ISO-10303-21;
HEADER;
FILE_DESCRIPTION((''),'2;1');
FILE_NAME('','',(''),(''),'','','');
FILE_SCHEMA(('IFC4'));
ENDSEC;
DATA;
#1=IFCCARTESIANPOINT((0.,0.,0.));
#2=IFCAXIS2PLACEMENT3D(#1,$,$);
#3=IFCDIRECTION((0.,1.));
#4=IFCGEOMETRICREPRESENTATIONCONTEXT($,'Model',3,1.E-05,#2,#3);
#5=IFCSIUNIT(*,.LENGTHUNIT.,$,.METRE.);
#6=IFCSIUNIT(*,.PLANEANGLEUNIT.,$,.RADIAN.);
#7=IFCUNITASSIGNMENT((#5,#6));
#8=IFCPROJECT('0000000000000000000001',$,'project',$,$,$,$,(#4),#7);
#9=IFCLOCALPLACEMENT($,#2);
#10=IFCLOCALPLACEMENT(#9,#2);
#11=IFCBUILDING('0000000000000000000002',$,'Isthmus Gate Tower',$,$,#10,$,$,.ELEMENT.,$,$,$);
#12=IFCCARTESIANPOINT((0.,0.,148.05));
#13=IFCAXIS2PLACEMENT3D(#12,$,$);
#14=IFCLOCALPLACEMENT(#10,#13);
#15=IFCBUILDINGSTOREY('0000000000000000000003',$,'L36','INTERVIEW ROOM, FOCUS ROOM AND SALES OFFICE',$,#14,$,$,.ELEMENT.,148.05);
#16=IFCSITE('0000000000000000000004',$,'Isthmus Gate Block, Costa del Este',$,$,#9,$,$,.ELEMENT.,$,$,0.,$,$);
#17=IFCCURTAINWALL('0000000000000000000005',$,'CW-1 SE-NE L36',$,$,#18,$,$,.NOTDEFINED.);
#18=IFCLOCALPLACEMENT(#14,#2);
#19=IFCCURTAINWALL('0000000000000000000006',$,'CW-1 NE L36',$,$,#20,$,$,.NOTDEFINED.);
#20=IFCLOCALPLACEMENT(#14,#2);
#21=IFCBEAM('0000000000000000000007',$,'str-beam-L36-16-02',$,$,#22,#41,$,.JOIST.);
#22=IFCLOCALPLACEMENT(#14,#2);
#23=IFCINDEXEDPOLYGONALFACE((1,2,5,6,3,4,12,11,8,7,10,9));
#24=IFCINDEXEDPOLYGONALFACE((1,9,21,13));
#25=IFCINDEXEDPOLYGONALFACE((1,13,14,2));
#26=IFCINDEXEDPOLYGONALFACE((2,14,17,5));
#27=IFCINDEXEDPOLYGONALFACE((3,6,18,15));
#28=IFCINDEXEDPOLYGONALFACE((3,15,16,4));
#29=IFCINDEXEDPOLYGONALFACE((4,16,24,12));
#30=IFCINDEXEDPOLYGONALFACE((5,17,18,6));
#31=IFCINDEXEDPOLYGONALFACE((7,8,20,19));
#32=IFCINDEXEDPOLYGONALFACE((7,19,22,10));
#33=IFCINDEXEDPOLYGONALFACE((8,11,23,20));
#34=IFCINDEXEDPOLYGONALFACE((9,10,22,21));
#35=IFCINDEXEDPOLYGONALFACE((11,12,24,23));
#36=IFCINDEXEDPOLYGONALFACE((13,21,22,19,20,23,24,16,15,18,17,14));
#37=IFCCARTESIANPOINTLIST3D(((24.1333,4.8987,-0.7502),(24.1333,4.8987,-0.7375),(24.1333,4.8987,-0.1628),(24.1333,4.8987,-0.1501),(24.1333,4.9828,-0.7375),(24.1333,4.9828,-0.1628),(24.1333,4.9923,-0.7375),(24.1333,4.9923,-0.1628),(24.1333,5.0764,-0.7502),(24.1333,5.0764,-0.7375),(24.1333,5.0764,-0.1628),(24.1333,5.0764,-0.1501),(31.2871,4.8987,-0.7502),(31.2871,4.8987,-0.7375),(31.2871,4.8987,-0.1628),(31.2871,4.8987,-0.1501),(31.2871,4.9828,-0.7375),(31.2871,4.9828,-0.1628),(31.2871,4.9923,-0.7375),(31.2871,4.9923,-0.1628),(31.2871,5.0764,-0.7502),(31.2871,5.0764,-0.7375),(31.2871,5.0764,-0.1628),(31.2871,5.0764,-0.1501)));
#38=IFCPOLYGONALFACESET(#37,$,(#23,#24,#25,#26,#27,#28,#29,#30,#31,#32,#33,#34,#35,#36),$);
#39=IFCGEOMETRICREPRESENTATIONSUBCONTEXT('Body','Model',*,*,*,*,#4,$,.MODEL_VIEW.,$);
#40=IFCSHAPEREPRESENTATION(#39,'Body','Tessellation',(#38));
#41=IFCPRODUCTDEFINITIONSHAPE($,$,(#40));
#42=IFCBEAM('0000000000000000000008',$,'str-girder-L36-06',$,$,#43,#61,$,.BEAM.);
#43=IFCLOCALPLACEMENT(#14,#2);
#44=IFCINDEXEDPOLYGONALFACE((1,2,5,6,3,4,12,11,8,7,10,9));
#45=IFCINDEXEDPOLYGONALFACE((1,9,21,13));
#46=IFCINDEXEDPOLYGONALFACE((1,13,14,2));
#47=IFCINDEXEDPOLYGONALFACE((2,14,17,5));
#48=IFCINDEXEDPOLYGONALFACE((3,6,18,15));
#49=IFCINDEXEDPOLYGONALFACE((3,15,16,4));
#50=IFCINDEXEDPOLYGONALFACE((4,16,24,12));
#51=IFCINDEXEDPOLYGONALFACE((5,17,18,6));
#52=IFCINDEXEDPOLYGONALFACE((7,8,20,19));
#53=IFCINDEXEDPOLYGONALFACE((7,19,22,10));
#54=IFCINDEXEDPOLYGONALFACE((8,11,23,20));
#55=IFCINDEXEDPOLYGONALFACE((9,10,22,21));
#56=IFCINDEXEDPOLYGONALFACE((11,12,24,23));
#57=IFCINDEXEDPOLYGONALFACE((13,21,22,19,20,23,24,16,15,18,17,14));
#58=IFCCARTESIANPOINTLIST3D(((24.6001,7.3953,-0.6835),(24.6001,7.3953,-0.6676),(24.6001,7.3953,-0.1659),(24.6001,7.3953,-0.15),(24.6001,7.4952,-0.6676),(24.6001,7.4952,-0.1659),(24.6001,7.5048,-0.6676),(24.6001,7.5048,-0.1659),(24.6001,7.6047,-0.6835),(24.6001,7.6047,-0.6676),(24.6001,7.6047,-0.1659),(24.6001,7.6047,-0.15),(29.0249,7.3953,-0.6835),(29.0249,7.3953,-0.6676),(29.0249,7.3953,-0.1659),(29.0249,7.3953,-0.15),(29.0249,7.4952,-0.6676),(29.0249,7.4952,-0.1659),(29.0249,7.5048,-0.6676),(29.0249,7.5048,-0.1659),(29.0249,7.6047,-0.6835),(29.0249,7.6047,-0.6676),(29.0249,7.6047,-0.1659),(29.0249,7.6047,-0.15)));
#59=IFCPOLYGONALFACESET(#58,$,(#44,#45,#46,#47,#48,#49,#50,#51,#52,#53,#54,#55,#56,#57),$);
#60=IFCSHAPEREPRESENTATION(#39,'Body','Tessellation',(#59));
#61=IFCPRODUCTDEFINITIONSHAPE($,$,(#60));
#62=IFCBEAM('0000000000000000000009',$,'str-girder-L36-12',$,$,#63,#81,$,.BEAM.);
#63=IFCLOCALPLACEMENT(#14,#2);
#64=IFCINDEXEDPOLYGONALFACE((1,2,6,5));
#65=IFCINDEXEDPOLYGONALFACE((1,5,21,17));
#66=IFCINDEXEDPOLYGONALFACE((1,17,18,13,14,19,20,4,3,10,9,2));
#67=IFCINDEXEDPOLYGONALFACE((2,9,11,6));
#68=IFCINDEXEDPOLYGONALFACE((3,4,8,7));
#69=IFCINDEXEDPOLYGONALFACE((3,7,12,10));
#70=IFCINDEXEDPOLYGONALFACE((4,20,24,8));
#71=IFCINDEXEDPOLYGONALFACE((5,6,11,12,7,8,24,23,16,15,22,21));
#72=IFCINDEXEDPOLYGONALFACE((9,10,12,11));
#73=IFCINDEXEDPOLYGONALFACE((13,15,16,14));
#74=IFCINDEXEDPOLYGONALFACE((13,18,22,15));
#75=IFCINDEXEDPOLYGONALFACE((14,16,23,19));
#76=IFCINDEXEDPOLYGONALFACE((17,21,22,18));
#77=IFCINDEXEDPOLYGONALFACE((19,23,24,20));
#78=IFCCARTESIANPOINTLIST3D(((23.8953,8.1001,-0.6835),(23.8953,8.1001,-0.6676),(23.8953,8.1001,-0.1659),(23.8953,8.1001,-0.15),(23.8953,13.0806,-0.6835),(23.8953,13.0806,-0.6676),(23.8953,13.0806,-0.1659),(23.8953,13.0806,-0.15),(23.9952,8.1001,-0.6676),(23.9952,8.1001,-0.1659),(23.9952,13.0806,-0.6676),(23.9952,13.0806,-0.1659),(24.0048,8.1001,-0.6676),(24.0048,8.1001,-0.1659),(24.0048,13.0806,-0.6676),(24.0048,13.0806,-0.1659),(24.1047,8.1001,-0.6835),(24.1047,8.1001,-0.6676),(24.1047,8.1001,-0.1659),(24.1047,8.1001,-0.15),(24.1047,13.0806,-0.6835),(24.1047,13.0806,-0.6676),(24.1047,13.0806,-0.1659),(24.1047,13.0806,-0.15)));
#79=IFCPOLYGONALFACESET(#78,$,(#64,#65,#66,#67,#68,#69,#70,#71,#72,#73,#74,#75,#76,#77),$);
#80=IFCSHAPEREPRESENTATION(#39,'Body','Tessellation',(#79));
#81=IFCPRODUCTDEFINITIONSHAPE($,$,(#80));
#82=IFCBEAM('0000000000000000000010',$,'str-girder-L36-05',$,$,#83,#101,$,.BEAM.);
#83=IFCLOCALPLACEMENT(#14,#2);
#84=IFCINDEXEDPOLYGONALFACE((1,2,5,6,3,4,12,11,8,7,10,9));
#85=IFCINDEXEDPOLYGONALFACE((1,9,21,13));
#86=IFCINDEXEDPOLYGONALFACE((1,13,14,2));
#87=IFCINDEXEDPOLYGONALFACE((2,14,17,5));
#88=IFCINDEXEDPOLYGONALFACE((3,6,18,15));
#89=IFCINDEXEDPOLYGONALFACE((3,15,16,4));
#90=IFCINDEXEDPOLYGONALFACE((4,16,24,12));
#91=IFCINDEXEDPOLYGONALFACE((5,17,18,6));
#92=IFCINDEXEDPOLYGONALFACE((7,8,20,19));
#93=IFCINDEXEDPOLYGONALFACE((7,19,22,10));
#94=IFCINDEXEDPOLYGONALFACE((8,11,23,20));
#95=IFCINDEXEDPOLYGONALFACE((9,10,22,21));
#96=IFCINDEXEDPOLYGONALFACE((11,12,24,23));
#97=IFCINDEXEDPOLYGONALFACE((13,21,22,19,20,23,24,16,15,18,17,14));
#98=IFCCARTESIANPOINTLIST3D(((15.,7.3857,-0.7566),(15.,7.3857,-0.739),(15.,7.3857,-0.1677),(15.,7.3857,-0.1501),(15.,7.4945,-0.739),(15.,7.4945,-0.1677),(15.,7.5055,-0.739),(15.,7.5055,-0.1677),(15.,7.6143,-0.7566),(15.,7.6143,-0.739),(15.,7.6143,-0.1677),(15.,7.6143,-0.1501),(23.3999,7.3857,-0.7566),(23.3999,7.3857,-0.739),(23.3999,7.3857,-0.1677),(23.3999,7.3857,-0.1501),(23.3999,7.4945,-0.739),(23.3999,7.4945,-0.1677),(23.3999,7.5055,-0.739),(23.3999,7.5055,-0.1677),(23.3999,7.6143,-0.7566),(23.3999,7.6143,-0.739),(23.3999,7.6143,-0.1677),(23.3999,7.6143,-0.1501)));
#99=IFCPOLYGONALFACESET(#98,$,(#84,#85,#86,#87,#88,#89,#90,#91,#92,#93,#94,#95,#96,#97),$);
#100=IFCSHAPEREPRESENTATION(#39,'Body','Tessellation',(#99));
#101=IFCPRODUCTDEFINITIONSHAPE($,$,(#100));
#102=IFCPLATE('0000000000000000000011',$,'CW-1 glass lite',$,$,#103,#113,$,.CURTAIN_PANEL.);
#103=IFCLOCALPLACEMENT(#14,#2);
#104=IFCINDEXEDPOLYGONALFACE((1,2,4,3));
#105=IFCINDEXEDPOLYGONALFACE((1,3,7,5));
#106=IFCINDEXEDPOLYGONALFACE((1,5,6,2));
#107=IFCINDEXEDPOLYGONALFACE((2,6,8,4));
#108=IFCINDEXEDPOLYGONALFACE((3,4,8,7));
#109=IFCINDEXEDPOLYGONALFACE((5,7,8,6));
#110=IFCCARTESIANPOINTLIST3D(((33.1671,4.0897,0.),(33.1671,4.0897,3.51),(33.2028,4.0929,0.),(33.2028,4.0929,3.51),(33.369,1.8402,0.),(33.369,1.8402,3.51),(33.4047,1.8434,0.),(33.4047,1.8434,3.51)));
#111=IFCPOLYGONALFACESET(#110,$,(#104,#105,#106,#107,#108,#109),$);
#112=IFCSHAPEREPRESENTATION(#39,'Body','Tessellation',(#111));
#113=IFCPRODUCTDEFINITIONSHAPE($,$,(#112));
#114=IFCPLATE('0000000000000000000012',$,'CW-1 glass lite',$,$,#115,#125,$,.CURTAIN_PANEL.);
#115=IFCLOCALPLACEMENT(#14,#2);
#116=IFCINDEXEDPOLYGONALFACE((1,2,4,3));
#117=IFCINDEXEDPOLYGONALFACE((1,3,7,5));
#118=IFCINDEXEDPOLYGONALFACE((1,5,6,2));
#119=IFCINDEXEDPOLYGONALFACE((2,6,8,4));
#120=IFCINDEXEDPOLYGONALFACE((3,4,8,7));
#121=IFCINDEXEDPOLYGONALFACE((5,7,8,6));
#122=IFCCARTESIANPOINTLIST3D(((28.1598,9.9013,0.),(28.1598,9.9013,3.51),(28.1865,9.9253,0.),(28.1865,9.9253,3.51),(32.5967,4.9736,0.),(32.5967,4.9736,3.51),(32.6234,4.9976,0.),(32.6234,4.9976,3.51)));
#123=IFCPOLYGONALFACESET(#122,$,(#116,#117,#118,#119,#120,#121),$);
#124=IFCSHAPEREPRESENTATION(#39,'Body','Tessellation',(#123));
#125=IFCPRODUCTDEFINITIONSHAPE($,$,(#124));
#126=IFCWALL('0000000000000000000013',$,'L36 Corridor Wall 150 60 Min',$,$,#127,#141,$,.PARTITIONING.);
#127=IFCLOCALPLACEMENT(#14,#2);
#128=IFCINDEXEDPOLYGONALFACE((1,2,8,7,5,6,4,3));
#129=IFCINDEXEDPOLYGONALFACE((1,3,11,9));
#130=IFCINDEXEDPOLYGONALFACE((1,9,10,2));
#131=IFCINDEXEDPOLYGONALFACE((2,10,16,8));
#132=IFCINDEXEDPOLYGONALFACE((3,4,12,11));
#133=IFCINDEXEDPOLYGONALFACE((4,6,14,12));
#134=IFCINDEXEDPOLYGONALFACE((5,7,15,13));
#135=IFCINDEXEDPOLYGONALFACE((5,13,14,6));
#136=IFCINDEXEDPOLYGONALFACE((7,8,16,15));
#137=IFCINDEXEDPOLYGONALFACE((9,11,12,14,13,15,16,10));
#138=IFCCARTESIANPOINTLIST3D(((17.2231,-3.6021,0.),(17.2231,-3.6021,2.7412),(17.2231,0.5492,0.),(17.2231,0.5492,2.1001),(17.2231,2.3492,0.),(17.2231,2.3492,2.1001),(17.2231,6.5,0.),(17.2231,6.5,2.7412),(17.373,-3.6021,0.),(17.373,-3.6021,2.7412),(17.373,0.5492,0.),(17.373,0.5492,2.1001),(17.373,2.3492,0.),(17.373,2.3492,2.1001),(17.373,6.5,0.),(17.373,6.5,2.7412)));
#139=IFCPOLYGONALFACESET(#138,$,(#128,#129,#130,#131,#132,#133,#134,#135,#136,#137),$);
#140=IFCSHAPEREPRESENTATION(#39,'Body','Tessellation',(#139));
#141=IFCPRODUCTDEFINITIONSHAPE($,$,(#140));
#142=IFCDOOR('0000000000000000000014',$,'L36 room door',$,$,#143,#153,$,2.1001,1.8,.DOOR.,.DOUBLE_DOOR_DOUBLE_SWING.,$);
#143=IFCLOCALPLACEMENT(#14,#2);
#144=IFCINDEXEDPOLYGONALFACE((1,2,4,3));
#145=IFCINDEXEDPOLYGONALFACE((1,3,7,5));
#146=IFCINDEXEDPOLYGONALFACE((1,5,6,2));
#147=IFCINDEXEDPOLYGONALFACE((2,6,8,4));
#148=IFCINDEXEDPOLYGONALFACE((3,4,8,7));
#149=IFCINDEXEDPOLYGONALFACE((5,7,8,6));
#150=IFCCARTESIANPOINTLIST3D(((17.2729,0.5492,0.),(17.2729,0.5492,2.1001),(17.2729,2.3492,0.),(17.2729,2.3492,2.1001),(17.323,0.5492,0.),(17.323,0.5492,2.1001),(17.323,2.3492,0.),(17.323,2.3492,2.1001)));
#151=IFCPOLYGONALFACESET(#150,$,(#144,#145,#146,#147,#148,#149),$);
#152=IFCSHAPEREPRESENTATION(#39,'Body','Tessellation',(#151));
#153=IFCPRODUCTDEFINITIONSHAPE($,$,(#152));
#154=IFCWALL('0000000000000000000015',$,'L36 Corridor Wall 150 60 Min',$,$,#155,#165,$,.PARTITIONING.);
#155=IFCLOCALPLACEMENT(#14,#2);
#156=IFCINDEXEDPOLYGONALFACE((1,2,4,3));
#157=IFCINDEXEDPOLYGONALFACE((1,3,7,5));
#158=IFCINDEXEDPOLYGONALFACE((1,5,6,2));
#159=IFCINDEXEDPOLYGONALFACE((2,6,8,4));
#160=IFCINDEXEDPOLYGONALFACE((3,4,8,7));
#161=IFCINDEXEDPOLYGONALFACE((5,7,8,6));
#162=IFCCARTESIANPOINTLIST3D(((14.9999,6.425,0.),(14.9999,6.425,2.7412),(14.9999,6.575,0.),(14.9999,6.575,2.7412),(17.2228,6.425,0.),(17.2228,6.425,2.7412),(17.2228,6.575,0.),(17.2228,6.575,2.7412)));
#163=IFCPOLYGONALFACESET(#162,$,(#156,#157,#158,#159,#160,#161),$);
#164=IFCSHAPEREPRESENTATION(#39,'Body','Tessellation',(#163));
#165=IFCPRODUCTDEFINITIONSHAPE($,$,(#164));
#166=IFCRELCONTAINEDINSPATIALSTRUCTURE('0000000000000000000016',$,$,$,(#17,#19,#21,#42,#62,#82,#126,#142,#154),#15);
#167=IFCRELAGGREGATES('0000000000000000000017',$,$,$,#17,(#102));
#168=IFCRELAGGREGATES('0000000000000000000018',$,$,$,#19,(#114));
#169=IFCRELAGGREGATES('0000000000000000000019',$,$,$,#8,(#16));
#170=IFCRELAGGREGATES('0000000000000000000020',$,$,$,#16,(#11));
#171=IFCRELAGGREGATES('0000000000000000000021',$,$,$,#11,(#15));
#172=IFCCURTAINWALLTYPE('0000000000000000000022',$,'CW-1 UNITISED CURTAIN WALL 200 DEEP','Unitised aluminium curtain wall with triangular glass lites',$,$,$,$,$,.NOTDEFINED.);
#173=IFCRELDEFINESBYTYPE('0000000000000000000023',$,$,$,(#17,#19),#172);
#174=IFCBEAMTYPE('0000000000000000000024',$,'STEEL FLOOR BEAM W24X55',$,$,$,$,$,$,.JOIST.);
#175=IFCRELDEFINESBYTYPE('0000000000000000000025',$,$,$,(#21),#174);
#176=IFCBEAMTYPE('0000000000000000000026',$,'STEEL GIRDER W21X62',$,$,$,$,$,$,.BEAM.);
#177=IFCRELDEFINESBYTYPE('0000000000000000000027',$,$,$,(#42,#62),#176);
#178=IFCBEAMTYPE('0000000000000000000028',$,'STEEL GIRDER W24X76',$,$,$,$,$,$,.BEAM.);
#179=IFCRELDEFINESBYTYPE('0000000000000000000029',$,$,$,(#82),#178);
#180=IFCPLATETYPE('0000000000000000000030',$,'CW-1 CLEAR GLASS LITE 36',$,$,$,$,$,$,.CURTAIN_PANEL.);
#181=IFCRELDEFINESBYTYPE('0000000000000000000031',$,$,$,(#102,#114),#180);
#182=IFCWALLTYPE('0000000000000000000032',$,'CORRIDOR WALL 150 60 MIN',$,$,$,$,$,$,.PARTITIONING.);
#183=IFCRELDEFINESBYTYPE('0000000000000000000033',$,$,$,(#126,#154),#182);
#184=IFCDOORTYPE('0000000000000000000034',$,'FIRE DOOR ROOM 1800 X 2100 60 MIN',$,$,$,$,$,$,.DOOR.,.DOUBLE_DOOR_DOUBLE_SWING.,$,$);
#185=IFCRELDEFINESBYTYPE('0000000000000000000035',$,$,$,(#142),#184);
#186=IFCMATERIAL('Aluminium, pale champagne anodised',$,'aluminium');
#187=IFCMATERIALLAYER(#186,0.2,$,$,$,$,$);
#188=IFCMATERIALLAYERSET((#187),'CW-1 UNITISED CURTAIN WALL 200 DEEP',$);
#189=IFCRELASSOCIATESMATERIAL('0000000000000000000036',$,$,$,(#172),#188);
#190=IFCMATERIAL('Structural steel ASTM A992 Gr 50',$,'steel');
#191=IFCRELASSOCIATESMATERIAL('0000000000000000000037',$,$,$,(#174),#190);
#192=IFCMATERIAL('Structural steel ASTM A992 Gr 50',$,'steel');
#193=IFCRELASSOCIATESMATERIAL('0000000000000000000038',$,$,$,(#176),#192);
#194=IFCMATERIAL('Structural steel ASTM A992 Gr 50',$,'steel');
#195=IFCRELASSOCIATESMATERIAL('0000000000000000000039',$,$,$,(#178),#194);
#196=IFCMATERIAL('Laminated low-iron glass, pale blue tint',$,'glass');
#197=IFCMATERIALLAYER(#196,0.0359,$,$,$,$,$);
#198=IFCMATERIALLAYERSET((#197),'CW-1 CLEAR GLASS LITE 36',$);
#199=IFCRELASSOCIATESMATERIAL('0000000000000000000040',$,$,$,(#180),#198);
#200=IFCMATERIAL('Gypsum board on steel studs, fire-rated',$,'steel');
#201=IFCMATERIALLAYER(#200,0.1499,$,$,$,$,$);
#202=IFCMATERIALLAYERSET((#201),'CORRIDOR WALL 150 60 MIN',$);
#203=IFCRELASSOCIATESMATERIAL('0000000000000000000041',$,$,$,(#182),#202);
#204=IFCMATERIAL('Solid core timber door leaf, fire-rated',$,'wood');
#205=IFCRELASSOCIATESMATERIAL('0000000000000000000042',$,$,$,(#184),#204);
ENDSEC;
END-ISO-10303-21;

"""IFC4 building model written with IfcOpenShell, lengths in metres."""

from ifc_helpers import new_model, si_unit, direction, frame, frame_2d, origin, origin_2d, place, context, subcontext, project, spatial, rectangle, i_section, extrude, material, layer, layer_set, material_profile, profile_set, type_object, element, fill, aggregate, save


model = new_model("IFC4")

# Units and contexts
model_context = context("Model", 3, precision=1e-05, world=origin(), true_north=direction((0.0, 1.0)))
body_context = subcontext(model_context, "Body", "Model", "MODEL_VIEW")
ifc_project = project(units=[si_unit("LENGTHUNIT", "METRE"), si_unit("PLANEANGLEUNIT", "RADIAN")], contexts=[model_context])

# Site, building, storey
site_placement = place(None, origin())
site = spatial("IfcSite", under=ifc_project, at=site_placement, Name="Isthmus Gate Block, Costa del Este", CompositionType="ELEMENT", RefElevation=0.0)
building_placement = place(site_placement, origin())
building = spatial("IfcBuilding", under=site, at=building_placement, Name="Isthmus Gate Tower", CompositionType="ELEMENT")
storey_placement = place(building_placement, frame((0.0, 0.0, 148.05)))
storey = spatial("IfcBuildingStorey", under=building, at=storey_placement, Name="L36", Description="INTERVIEW ROOM, FOCUS ROOM AND SALES OFFICE", CompositionType="ELEMENT", Elevation=148.05)

# Curtain walls
ifc_material_1 = material(Name="Aluminium, pale champagne anodised", Category="aluminium")
ifc_layer_1 = layer(ifc_material_1, 0.2)
ifc_layer_set_1 = layer_set([ifc_layer_1], Name="CW-1 UNITISED CURTAIN WALL 200 DEEP")
curtain_wall_type = type_object("IfcCurtainWallType", Name="CW-1 UNITISED CURTAIN WALL 200 DEEP", Description="Unitised aluminium curtain wall with triangular glass lites", PredefinedType="NOTDEFINED", material=ifc_layer_set_1)
curtain_wall_1_placement = place(storey_placement, origin())
curtain_wall_1 = element("IfcCurtainWall", 1, at=curtain_wall_1_placement, inside=storey, type_object=curtain_wall_type, Name="CW-1 SE-NE L36", PredefinedType="NOTDEFINED")
curtain_wall_2_placement = place(storey_placement, origin())
curtain_wall_2 = element("IfcCurtainWall", 2, at=curtain_wall_2_placement, inside=storey, type_object=curtain_wall_type, Name="CW-1 NE L36", PredefinedType="NOTDEFINED")

# Beams
ifc_material_2 = material(Name="Structural steel ASTM A992 Gr 50", Category="steel")
ifc_material_profile_1 = material_profile(ifc_material_2, i_section(OverallWidth=0.1777, OverallDepth=0.6001, WebThickness=0.0095, FlangeThickness=0.0127, at=origin_2d()), Name="W24X55")
ifc_profile_set_1 = profile_set([ifc_material_profile_1], Name="Structural steel ASTM A992 Gr 50")
beam_type_1 = type_object("IfcBeamType", Name="STEEL FLOOR BEAM W24X55", PredefinedType="JOIST", material=ifc_profile_set_1)
beam_1_placement = place(storey_placement, frame((24.1333, 4.9875, -0.4502), z_axis=(1.0, 0.0, 0.0), x_axis=(0.0, 1.0, 0.0)))
element("IfcBeam", 3, at=beam_1_placement, inside=storey, type_object=beam_type_1, Name="str-beam-L36-16-02", PredefinedType="JOIST", context=body_context, shape_type="SweptSolid", body=[
    extrude(i_section(OverallWidth=0.1777, OverallDepth=0.6001, WebThickness=0.0095, FlangeThickness=0.0127, at=origin_2d()), origin(), (0.0, 0.0, 1.0), 7.1538),
])
ifc_material_3 = material(Name="Structural steel ASTM A992 Gr 50", Category="steel")
ifc_material_profile_2 = material_profile(ifc_material_3, i_section(OverallWidth=0.2095, OverallDepth=0.5334, WebThickness=0.0095, FlangeThickness=0.0159, at=origin_2d()), Name="W21X62")
ifc_profile_set_2 = profile_set([ifc_material_profile_2], Name="Structural steel ASTM A992 Gr 50")
beam_type_2 = type_object("IfcBeamType", Name="STEEL GIRDER W21X62", PredefinedType="BEAM", material=ifc_profile_set_2)
beam_2_placement = place(storey_placement, frame((24.6001, 7.5, -0.4167), z_axis=(1.0, 0.0, 0.0), x_axis=(0.0, 1.0, 0.0)))
element("IfcBeam", 4, at=beam_2_placement, inside=storey, type_object=beam_type_2, Name="str-girder-L36-06", PredefinedType="BEAM", context=body_context, shape_type="SweptSolid", body=[
    extrude(i_section(OverallWidth=0.2095, OverallDepth=0.5334, WebThickness=0.0095, FlangeThickness=0.0159, at=origin_2d()), origin(), (0.0, 0.0, 1.0), 4.4248),
])
beam_3_placement = place(storey_placement, frame((24.0, 8.1001, -0.4167), z_axis=(0.0, 1.0, 0.0), x_axis=(-1.0, 0.0, 0.0)))
element("IfcBeam", 5, at=beam_3_placement, inside=storey, type_object=beam_type_2, Name="str-girder-L36-12", PredefinedType="BEAM", context=body_context, shape_type="SweptSolid", body=[
    extrude(i_section(OverallWidth=0.2095, OverallDepth=0.5334, WebThickness=0.0095, FlangeThickness=0.0159, at=origin_2d()), origin(), (0.0, 0.0, 1.0), 4.9805),
])
ifc_material_4 = material(Name="Structural steel ASTM A992 Gr 50", Category="steel")
ifc_material_profile_3 = material_profile(ifc_material_4, i_section(OverallWidth=0.2285, OverallDepth=0.6064, WebThickness=0.011, FlangeThickness=0.0176, at=origin_2d()), Name="W24X76")
ifc_profile_set_3 = profile_set([ifc_material_profile_3], Name="Structural steel ASTM A992 Gr 50")
beam_type_3 = type_object("IfcBeamType", Name="STEEL GIRDER W24X76", PredefinedType="BEAM", material=ifc_profile_set_3)
beam_4_placement = place(storey_placement, frame((15.0, 7.5, -0.4534), z_axis=(1.0, 0.0, 0.0), x_axis=(0.0, 1.0, 0.0)))
element("IfcBeam", 6, at=beam_4_placement, inside=storey, type_object=beam_type_3, Name="str-girder-L36-05", PredefinedType="BEAM", context=body_context, shape_type="SweptSolid", body=[
    extrude(i_section(OverallWidth=0.2285, OverallDepth=0.6064, WebThickness=0.011, FlangeThickness=0.0176, at=origin_2d()), origin(), (0.0, 0.0, 1.0), 8.3999),
])

# Plates
ifc_material_5 = material(Name="Laminated low-iron glass, pale blue tint", Category="glass")
ifc_layer_2 = layer(ifc_material_5, 0.0359)
ifc_layer_set_2 = layer_set([ifc_layer_2], Name="CW-1 CLEAR GLASS LITE 36")
plate_type = type_object("IfcPlateType", Name="CW-1 CLEAR GLASS LITE 36", PredefinedType="CURTAIN_PANEL", material=ifc_layer_set_2)
plate_1_placement = place(storey_placement, frame((33.2859, 2.9666, 0.0), z_axis=(0.0, 0.0, 1.0), x_axis=(-0.089397, 0.995996, 0.0)))
plate_1 = element("IfcPlate", 7, at=plate_1_placement, type_object=plate_type, Name="CW-1 glass lite", PredefinedType="CURTAIN_PANEL", context=body_context, shape_type="SweptSolid", body=[
    extrude(rectangle(XDim=2.2585, YDim=0.0359, at=origin_2d()), origin(), (0.0, 0.0, 1.0), 3.51),
])
aggregate(curtain_wall_1, [plate_1])
plate_2_placement = place(storey_placement, frame((30.3916, 7.4495, 0.0), z_axis=(0.0, 0.0, 1.0), x_axis=(-0.669131, 0.743145, 0.0)))
plate_2 = element("IfcPlate", 8, at=plate_2_placement, type_object=plate_type, Name="CW-1 glass lite", PredefinedType="CURTAIN_PANEL", context=body_context, shape_type="SweptSolid", body=[
    extrude(rectangle(XDim=6.6309, YDim=0.0359, at=origin_2d()), origin(), (0.0, 0.0, 1.0), 3.51),
])
aggregate(curtain_wall_2, [plate_2])

# Wall, opening, door
ifc_material_6 = material(Name="Gypsum board on steel studs, fire-rated", Category="steel")
ifc_layer_3 = layer(ifc_material_6, 0.1499)
ifc_layer_set_3 = layer_set([ifc_layer_3], Name="CORRIDOR WALL 150 60 MIN")
wall_type = type_object("IfcWallType", Name="CORRIDOR WALL 150 60 MIN", PredefinedType="PARTITIONING", material=ifc_layer_set_3)
wall_1_placement = place(storey_placement, frame((17.2981, 6.5, 0.0), z_axis=(0.0, 0.0, 1.0), x_axis=(0.0, -1.0, 0.0)))
wall_1 = element("IfcWall", 9, at=wall_1_placement, inside=storey, type_object=wall_type, Name="L36 Corridor Wall 150 60 Min", PredefinedType="PARTITIONING", context=body_context, shape_type="SweptSolid", body=[
    extrude(rectangle(XDim=10.1021, YDim=0.1499, at=frame_2d((5.051, 0.0))), origin(), (0.0, 0.0, 1.0), 2.7412),
])
opening_placement = place(wall_1_placement, frame((4.1509, 0.0, 0.0)))
opening = element("IfcOpeningElement", 10, at=opening_placement, cuts=wall_1, PredefinedType="OPENING", context=body_context, shape_type="SweptSolid", body=[
    extrude(rectangle(XDim=1.8, YDim=2.1001, at=frame_2d((0.8999, 1.05))), frame((0.0, 0.085, 0.0), z_axis=(0.0, -1.0, 0.0), x_axis=(1.0, 0.0, 0.0)), (0.0, 0.0, 1.0), 0.1699),
])
ifc_material_7 = material(Name="Solid core timber door leaf, fire-rated", Category="wood")
door_type = type_object("IfcDoorType", Name="FIRE DOOR ROOM 1800 X 2100 60 MIN", OperationType="DOUBLE_DOOR_DOUBLE_SWING", PredefinedType="DOOR", material=ifc_material_7)
door_placement = place(opening_placement, origin())
door = element("IfcDoor", 11, at=door_placement, inside=storey, type_object=door_type, Name="L36 room door", OperationType="DOUBLE_DOOR_DOUBLE_SWING", OverallHeight=2.1001, OverallWidth=1.8, PredefinedType="DOOR", context=body_context, shape_type="SweptSolid", body=[
    extrude(rectangle(XDim=1.8, YDim=2.1001, at=frame_2d((0.8999, 1.05))), frame((0.0, 0.0249, 0.0), z_axis=(0.0, -1.0, 0.0), x_axis=(1.0, 0.0, 0.0)), (0.0, 0.0, 1.0), 0.05),
])
fill(opening, door)

# Wall
wall_2_placement = place(storey_placement, frame((15.0, 6.5, 0.0), z_axis=(0.0, 0.0, 1.0), x_axis=(1.0, 0.0, 0.0)))
element("IfcWall", 12, at=wall_2_placement, inside=storey, type_object=wall_type, Name="L36 Corridor Wall 150 60 Min", PredefinedType="PARTITIONING", context=body_context, shape_type="SweptSolid", body=[
    extrude(rectangle(XDim=2.2229, YDim=0.1499, at=frame_2d((1.1113, 0.0))), origin(), (0.0, 0.0, 1.0), 2.7412),
])

save(model, "model.ifc")
